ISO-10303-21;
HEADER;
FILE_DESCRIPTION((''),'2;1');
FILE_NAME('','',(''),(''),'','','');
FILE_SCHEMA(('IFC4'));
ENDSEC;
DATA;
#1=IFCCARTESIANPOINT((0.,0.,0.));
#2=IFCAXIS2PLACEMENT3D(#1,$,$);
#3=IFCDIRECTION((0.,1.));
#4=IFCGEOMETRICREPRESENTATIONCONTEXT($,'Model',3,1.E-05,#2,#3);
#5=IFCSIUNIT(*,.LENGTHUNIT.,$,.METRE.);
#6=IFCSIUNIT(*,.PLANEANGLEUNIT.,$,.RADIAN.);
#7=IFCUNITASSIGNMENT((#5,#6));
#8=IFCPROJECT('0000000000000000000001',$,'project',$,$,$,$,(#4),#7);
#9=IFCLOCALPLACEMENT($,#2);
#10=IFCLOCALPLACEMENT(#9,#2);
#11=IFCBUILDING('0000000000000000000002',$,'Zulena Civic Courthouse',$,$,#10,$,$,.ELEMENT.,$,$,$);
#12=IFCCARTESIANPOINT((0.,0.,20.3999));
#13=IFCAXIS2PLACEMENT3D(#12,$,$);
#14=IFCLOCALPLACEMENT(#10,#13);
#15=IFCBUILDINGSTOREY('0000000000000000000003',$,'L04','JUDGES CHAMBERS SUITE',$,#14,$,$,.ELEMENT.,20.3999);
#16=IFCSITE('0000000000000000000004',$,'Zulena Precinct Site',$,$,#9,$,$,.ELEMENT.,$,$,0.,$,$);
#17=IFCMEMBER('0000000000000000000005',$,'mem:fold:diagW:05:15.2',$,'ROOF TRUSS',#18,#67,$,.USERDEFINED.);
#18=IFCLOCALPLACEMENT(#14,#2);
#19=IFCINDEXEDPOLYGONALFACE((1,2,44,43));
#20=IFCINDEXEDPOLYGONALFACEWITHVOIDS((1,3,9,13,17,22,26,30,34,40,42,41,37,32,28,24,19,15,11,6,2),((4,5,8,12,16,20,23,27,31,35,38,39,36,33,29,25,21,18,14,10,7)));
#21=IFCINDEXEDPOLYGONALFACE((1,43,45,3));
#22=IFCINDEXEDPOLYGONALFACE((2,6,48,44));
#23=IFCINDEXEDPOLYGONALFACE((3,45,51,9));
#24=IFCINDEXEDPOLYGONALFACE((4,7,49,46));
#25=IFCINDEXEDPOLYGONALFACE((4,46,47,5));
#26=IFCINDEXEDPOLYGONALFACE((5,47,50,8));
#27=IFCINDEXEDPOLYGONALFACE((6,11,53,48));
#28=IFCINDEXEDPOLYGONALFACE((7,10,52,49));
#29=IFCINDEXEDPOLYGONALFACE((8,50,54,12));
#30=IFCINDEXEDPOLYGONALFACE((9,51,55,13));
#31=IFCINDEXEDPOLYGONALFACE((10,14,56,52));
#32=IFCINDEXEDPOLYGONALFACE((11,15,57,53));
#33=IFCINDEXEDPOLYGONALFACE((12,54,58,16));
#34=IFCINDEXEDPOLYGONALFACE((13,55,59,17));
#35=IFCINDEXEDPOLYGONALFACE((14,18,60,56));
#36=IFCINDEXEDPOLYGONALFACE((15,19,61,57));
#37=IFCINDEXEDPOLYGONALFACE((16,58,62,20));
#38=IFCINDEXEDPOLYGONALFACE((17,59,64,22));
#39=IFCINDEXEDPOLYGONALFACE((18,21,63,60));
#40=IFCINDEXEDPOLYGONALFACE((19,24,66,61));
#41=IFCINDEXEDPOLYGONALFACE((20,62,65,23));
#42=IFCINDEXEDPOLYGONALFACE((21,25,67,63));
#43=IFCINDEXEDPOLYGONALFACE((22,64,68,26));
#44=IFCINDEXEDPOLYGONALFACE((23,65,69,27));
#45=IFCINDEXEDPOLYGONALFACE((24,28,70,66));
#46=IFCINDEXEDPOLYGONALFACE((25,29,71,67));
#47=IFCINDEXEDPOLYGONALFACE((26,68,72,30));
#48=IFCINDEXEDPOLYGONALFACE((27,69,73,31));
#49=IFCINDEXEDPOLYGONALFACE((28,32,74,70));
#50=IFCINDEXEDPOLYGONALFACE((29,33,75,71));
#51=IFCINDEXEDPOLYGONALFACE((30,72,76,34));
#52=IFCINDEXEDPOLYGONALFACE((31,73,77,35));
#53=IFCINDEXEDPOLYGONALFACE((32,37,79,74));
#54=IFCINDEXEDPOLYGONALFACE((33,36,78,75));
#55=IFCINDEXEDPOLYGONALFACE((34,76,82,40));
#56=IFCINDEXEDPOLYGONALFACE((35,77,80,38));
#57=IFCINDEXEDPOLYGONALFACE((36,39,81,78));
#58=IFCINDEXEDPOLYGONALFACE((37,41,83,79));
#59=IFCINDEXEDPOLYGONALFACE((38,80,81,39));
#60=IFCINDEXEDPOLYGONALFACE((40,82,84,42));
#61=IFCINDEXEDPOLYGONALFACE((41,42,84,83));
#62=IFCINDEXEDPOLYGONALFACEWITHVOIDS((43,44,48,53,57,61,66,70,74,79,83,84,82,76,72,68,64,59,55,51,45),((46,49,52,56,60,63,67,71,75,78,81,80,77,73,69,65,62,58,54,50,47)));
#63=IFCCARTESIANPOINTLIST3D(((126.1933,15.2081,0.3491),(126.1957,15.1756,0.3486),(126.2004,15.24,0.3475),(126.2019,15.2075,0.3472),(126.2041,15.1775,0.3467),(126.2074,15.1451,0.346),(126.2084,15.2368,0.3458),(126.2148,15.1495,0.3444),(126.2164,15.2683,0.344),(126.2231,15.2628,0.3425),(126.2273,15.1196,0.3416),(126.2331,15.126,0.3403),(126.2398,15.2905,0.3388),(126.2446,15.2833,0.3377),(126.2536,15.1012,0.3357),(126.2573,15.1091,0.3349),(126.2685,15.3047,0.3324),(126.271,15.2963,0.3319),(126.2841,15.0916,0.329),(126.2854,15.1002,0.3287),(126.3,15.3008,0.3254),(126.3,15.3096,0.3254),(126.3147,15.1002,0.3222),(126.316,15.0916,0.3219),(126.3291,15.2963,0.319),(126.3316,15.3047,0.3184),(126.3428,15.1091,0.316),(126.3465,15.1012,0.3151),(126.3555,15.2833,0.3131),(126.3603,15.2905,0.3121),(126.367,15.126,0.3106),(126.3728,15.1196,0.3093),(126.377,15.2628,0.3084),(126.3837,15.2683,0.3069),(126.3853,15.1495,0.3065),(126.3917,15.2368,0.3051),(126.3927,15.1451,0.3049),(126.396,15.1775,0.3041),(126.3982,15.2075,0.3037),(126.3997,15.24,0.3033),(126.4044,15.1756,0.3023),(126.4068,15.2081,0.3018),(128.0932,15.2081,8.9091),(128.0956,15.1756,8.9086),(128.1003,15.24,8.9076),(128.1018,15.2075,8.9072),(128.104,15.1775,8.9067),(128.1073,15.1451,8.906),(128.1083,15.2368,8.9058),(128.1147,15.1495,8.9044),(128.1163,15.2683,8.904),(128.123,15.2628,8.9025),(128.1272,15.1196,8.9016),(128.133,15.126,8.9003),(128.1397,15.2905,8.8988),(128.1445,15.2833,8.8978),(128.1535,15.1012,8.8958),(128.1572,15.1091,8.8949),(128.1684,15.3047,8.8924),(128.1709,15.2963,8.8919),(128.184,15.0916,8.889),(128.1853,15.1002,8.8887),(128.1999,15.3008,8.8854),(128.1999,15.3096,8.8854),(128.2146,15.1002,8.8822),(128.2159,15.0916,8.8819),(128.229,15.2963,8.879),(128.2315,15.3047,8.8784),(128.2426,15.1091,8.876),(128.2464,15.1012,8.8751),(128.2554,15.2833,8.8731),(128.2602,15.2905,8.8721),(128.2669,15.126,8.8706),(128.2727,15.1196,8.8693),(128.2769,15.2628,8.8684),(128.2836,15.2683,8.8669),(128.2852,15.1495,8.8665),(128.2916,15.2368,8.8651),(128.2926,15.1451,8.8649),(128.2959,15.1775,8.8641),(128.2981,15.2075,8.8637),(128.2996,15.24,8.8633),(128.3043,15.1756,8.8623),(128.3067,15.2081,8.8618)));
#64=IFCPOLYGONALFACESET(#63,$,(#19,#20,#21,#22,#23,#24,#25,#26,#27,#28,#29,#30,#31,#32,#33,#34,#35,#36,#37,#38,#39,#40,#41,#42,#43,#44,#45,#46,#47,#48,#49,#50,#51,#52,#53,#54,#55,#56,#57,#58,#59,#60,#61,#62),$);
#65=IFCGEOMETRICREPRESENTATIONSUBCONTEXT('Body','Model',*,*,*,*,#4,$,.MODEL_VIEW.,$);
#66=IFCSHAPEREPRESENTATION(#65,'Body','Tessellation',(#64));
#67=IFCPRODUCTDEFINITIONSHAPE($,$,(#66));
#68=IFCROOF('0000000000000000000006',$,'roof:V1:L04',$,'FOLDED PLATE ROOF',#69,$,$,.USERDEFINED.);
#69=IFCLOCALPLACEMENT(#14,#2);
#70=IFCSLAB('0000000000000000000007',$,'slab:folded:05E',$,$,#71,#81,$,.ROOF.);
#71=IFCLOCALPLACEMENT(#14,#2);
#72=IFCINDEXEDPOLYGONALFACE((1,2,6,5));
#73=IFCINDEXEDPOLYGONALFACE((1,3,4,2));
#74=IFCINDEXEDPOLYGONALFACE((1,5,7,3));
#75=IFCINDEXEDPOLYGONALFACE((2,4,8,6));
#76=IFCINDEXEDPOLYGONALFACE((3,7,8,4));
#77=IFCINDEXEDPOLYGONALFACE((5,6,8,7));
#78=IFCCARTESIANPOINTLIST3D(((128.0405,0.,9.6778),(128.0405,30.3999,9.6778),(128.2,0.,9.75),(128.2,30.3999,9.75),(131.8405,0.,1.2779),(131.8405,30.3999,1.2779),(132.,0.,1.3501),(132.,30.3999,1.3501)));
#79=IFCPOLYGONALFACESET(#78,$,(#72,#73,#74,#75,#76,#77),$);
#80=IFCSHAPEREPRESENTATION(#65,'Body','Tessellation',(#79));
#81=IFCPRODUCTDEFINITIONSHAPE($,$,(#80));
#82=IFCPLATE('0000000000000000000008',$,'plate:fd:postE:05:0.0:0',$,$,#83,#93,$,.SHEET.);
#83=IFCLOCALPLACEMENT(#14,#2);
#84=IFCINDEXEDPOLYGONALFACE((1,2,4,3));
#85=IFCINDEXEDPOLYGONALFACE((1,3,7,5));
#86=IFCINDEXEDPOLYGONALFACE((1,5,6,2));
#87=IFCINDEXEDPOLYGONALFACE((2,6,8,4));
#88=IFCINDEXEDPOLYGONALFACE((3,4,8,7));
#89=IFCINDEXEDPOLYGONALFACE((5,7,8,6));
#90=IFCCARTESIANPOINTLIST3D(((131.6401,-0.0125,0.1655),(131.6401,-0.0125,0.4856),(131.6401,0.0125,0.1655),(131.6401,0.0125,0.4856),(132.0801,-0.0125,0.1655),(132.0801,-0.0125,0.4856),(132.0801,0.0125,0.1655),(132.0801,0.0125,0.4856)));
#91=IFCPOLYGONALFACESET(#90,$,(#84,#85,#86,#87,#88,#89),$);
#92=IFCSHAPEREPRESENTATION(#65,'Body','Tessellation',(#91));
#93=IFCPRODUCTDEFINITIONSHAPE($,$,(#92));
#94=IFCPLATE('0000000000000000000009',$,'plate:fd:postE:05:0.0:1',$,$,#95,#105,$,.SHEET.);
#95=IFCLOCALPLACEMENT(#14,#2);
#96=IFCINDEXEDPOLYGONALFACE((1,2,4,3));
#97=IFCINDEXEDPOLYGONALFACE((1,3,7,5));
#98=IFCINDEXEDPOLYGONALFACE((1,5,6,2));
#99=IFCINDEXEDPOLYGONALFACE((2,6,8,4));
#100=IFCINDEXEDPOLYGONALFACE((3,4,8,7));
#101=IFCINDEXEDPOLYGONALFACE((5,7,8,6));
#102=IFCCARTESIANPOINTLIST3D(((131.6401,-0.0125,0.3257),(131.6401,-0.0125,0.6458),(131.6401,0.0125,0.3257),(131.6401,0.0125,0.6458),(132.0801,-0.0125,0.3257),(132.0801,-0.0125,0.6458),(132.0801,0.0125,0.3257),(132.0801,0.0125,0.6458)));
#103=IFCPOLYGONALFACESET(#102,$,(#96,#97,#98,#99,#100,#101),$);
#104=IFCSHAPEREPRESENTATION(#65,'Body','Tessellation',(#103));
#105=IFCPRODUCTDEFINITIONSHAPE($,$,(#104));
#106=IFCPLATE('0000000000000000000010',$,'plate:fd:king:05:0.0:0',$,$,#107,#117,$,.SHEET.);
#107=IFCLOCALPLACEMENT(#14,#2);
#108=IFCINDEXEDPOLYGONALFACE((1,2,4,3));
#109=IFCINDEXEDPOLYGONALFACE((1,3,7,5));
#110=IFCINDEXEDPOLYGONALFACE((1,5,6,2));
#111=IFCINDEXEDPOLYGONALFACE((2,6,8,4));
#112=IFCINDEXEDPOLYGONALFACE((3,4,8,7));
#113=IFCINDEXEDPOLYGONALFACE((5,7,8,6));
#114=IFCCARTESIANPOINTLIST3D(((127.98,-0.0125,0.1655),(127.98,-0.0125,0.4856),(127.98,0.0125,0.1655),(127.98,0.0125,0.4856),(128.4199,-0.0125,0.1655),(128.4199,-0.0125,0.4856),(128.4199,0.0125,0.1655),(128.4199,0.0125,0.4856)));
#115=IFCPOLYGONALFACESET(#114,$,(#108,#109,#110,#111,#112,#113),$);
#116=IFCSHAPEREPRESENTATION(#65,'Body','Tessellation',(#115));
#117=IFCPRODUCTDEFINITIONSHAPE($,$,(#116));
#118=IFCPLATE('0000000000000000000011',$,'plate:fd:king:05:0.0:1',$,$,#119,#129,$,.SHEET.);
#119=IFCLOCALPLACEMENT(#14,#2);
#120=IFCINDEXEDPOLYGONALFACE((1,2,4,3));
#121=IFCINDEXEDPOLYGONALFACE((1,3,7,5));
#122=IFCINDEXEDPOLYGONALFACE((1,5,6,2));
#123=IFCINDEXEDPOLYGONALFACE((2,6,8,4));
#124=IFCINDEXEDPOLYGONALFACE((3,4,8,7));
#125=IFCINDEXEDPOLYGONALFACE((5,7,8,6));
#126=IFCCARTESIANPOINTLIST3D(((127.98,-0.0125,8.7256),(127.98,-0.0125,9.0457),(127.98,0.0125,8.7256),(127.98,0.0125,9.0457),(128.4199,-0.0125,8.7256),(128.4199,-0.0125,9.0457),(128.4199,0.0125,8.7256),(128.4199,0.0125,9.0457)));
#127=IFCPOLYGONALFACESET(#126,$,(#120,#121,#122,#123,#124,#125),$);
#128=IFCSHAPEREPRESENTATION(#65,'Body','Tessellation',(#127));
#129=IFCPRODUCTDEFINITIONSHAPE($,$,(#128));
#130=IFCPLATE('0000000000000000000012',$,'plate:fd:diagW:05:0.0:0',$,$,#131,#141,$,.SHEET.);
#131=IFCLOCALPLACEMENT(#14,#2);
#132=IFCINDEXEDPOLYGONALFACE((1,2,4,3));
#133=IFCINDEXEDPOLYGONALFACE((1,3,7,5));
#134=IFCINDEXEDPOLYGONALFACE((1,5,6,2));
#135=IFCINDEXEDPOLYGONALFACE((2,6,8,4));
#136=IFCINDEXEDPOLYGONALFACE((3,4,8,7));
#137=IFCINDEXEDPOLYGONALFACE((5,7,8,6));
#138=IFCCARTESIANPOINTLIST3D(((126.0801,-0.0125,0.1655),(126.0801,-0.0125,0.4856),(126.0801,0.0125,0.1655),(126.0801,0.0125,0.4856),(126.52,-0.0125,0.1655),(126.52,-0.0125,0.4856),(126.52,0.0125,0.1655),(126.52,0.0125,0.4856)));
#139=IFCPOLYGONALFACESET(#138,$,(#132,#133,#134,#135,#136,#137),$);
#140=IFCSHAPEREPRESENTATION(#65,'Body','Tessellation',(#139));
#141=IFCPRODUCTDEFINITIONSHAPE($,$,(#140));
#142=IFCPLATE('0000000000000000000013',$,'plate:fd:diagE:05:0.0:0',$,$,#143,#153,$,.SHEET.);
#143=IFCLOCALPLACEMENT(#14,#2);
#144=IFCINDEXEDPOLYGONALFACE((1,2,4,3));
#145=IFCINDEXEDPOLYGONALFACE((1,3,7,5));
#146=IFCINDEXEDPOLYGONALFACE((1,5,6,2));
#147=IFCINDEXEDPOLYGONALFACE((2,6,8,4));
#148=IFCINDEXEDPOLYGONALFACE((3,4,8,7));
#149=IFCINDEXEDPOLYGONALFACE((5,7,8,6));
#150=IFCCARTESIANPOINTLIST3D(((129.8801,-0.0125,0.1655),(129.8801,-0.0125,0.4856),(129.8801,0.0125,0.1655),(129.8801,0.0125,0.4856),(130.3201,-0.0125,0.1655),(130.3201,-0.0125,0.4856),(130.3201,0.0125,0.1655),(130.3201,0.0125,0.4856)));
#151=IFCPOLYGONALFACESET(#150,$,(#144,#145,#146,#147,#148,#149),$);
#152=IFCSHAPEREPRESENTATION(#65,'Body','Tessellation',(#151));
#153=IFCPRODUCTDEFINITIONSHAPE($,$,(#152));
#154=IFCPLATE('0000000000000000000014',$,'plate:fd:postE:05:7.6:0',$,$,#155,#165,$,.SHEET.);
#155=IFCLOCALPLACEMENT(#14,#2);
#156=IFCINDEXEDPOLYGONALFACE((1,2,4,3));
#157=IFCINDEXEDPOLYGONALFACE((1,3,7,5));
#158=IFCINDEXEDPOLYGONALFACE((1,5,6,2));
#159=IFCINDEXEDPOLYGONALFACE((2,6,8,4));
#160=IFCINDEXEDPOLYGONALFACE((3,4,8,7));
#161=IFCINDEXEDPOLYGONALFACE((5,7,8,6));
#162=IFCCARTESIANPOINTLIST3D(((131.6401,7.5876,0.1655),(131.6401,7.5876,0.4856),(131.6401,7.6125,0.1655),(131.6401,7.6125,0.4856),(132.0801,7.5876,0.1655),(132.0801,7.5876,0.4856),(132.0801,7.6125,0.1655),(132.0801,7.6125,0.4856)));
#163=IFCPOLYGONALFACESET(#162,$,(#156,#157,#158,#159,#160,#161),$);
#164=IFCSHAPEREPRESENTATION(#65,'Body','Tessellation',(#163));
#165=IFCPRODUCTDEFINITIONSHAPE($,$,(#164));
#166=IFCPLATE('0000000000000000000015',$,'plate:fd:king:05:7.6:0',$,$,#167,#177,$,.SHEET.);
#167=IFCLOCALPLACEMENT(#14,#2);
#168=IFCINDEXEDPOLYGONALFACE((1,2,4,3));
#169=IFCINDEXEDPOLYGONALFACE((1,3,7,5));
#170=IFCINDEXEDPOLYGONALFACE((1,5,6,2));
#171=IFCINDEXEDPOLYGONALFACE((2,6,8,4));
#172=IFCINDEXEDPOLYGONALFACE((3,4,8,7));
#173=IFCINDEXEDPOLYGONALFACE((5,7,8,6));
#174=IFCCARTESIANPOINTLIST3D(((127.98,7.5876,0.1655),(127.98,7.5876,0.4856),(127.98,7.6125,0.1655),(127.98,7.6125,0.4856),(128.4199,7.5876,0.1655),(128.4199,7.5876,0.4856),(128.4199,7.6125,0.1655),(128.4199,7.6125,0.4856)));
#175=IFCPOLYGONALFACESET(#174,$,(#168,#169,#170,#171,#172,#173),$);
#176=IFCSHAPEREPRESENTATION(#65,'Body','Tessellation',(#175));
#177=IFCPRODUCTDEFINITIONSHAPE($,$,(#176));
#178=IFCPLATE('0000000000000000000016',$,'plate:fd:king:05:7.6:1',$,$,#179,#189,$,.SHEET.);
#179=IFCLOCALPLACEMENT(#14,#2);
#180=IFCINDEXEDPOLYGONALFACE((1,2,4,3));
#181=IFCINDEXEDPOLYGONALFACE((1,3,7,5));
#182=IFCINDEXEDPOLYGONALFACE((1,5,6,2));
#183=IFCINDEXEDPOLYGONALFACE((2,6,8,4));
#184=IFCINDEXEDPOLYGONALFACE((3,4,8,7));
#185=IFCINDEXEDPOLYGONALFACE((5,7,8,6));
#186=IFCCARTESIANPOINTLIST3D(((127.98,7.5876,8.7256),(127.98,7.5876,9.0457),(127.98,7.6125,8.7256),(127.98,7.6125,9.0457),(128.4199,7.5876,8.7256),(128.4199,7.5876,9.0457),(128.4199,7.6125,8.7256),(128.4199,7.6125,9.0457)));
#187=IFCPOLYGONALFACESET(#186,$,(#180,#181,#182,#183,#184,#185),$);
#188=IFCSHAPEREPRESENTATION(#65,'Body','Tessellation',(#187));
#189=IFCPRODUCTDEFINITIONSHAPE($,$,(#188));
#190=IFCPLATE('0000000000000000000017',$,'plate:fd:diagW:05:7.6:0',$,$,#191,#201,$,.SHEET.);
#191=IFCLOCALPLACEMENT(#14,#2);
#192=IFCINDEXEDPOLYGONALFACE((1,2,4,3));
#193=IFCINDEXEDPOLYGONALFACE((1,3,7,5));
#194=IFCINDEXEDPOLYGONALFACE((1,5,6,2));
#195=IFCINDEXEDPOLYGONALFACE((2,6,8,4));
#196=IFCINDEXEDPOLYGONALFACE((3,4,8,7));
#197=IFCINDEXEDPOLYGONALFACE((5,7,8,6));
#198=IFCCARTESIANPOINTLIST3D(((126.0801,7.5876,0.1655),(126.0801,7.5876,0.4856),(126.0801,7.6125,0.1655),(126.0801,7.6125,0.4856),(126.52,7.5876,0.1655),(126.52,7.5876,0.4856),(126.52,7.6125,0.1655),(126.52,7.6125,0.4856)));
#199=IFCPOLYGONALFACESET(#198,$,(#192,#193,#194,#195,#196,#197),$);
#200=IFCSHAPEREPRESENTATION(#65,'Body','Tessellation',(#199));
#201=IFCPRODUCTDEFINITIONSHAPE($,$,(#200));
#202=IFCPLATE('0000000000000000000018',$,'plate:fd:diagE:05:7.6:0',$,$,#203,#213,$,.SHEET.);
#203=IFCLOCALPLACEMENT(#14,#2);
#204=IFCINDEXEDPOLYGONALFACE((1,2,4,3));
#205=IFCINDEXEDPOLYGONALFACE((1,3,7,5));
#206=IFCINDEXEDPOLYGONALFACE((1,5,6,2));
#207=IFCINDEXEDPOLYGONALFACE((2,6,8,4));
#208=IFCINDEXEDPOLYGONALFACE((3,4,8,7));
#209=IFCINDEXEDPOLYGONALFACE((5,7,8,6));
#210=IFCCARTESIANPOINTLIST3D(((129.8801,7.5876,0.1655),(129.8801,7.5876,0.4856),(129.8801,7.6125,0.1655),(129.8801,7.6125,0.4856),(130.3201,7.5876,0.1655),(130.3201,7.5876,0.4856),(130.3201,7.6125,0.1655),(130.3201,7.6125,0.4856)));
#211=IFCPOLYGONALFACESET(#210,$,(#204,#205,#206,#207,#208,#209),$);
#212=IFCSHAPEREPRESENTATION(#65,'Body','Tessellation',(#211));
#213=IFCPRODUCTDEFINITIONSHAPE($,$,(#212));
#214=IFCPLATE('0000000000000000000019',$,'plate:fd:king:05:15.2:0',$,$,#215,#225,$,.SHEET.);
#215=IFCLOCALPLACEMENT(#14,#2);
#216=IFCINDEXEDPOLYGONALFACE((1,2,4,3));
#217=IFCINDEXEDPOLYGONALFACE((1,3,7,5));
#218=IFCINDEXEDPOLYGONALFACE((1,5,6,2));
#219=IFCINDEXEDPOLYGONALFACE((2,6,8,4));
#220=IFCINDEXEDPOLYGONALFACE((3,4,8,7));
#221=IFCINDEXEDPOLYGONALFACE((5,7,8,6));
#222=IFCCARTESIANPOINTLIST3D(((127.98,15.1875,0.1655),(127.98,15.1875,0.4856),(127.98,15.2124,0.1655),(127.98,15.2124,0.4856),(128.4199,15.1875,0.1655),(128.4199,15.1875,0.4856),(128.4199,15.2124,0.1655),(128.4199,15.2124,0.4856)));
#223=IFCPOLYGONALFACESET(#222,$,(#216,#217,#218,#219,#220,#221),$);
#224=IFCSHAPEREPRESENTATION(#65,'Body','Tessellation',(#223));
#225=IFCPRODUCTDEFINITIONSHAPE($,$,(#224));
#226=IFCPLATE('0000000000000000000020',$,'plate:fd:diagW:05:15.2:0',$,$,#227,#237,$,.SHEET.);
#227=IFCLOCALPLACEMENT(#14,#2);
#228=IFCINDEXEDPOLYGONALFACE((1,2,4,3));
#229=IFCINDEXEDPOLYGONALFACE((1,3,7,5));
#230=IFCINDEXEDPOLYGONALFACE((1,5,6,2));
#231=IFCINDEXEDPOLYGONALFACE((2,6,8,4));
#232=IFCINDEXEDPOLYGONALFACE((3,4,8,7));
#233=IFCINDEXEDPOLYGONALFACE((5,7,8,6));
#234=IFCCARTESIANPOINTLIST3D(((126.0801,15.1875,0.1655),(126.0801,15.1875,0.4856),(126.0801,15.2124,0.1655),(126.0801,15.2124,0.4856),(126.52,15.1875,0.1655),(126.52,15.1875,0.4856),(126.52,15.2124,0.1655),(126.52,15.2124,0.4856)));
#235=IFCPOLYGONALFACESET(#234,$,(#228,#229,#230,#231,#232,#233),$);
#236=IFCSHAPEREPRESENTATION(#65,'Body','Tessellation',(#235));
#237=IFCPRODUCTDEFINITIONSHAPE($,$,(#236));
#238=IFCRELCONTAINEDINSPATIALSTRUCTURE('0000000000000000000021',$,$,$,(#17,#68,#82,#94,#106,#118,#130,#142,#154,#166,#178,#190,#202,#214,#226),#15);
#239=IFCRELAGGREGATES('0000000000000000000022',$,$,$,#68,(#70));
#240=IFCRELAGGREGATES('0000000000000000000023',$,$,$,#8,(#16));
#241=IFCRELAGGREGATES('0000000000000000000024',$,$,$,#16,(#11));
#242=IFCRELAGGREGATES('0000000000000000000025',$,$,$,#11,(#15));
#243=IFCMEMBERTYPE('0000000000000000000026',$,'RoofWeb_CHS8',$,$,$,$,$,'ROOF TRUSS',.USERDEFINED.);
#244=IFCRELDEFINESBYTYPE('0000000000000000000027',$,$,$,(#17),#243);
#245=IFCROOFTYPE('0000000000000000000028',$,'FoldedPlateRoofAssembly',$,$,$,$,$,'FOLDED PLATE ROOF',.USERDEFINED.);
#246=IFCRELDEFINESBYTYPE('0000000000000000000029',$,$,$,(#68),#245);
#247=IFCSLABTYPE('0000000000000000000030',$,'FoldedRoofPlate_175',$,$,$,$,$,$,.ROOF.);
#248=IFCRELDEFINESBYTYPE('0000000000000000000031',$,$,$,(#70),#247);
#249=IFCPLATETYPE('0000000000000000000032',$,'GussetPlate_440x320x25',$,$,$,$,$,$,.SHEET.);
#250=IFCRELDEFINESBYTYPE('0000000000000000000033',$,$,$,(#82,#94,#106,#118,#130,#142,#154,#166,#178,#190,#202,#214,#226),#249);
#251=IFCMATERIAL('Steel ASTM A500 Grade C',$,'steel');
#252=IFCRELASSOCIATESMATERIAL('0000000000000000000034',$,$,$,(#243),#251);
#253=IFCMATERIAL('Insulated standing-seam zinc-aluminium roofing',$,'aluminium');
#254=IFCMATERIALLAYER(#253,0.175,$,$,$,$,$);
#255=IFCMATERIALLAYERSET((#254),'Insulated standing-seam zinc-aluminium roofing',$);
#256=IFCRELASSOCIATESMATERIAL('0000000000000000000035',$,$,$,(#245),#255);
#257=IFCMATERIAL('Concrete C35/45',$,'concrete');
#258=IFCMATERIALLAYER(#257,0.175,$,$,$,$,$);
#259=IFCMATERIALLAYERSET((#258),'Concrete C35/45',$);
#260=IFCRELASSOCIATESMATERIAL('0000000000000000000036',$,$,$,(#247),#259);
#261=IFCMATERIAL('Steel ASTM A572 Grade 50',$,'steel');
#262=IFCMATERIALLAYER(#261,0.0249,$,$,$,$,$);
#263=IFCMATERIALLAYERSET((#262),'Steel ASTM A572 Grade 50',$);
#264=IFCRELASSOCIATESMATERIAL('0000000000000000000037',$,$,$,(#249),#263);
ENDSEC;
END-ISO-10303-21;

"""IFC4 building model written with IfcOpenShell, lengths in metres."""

from ifc_helpers import new_model, si_unit, direction, frame, origin, origin_2d, place, context, subcontext, project, spatial, polyline, rectangle, hollow_circle, outline, extrude, material, layer, layer_set, material_profile, profile_set, type_object, element, aggregate, save


model = new_model("IFC4")

# Units and contexts
model_context = context("Model", 3, precision=1e-05, world=origin(), true_north=direction((0.0, 1.0)))
body_context = subcontext(model_context, "Body", "Model", "MODEL_VIEW")
ifc_project = project(units=[si_unit("LENGTHUNIT", "METRE"), si_unit("PLANEANGLEUNIT", "RADIAN")], contexts=[model_context])

# Site, building, storey
site_placement = place(None, origin())
site = spatial("IfcSite", under=ifc_project, at=site_placement, Name="Zulena Precinct Site", CompositionType="ELEMENT", RefElevation=0.0)
building_placement = place(site_placement, origin())
building = spatial("IfcBuilding", under=site, at=building_placement, Name="Zulena Civic Courthouse", CompositionType="ELEMENT")
storey_placement = place(building_placement, frame((0.0, 0.0, 20.3999)))
storey = spatial("IfcBuildingStorey", under=building, at=storey_placement, Name="L04", Description="JUDGES CHAMBERS SUITE", CompositionType="ELEMENT", Elevation=20.3999)

# Member
ifc_material_1 = material(Name="Steel ASTM A500 Grade C", Category="steel")
ifc_material_profile_1 = material_profile(ifc_material_1, hollow_circle(Radius=0.1096, WallThickness=0.0088, at=origin_2d()), Name="HSS8.625X0.375")
ifc_profile_set_1 = profile_set([ifc_material_profile_1], Name="Steel ASTM A500 Grade C")
member_type_1 = type_object("IfcMemberType", Name="RoofWeb_CHS8", ElementType="ROOF TRUSS", PredefinedType="USERDEFINED", material=ifc_profile_set_1)
for number, where, z_axis, x_axis, name in (
    (1, (126.3, 15.2, 0.3254), (0.216677, 0.0, 0.976243), (0.0, 1.0, 0.0), "mem:fold:diagW:05:15.2"),
):
    element("IfcMember", number, at=place(storey_placement, frame(where, z_axis=z_axis, x_axis=x_axis)), inside=storey, type_object=member_type_1, Name=name, ObjectType="ROOF TRUSS", PredefinedType="USERDEFINED", context=body_context, shape_type="SweptSolid", body=[
        extrude(hollow_circle(Radius=0.1096, WallThickness=0.0088, at=origin_2d()), origin(), (0.0, 0.0, 1.0), 8.7683),
    ])

# Roof, slab
ifc_material_2 = material(Name="Insulated standing-seam zinc-aluminium roofing", Category="aluminium")
ifc_layer_1 = layer(ifc_material_2, 0.175)
ifc_layer_set_1 = layer_set([ifc_layer_1], Name="Insulated standing-seam zinc-aluminium roofing")
roof_type = type_object("IfcRoofType", Name="FoldedPlateRoofAssembly", ElementType="FOLDED PLATE ROOF", PredefinedType="USERDEFINED", material=ifc_layer_set_1)
roof_placement = place(storey_placement, origin())
roof = element("IfcRoof", 2, at=roof_placement, inside=storey, type_object=roof_type, Name="roof:V1:L04", ObjectType="FOLDED PLATE ROOF", PredefinedType="USERDEFINED")
ifc_material_3 = material(Name="Concrete C35/45", Category="concrete")
ifc_layer_2 = layer(ifc_material_3, 0.175)
ifc_layer_set_2 = layer_set([ifc_layer_2], Name="Concrete C35/45")
slab_type = type_object("IfcSlabType", Name="FoldedRoofPlate_175", PredefinedType="ROOF", material=ifc_layer_set_2)
slab_placement = place(storey_placement, frame((128.2, 0.0, 9.75), z_axis=(0.911104, 0.0, 0.412176), x_axis=(0.412176, 0.0, -0.911104)))
slab = element("IfcSlab", 3, at=slab_placement, type_object=slab_type, Name="slab:folded:05E", PredefinedType="ROOF", context=body_context, shape_type="SweptSolid", body=[
    extrude(outline(polyline([(0.0, 0.0), (9.2195, 0.0), (9.2195, 30.3999), (0.0, 30.3999), (0.0, 0.0)])), origin(), (0.0, 0.0, -1.0), 0.175),
])
aggregate(roof, [slab])

# Plates
ifc_material_4 = material(Name="Steel ASTM A572 Grade 50", Category="steel")
ifc_layer_3 = layer(ifc_material_4, 0.0249)
ifc_layer_set_3 = layer_set([ifc_layer_3], Name="Steel ASTM A572 Grade 50")
plate_type = type_object("IfcPlateType", Name="GussetPlate_440x320x25", PredefinedType="SHEET", material=ifc_layer_set_3)
for number, where, z_axis, x_axis, name in (
    (4, (131.8601, 0.0, 0.1655), (0.0, 0.0, 1.0), (1.0, 0.0, 0.0), "plate:fd:postE:05:0.0:0"),
    (5, (131.8601, 0.0, 0.3257), (0.0, 0.0, 1.0), (1.0, 0.0, 0.0), "plate:fd:postE:05:0.0:1"),
    (6, (128.2, 0.0, 0.1655), (0.0, 0.0, 1.0), (1.0, 0.0, 0.0), "plate:fd:king:05:0.0:0"),
    (7, (128.2, 0.0, 8.7256), (0.0, 0.0, 1.0), (1.0, 0.0, 0.0), "plate:fd:king:05:0.0:1"),
    (8, (126.3, 0.0, 0.1655), (0.0, 0.0, 1.0), (1.0, 0.0, 0.0), "plate:fd:diagW:05:0.0:0"),
    (9, (130.1001, 0.0, 0.1655), (0.0, 0.0, 1.0), (1.0, 0.0, 0.0), "plate:fd:diagE:05:0.0:0"),
    (10, (131.8601, 7.6001, 0.1655), (0.0, 0.0, 1.0), (1.0, 0.0, 0.0), "plate:fd:postE:05:7.6:0"),
    (11, (128.2, 7.6001, 0.1655), (0.0, 0.0, 1.0), (1.0, 0.0, 0.0), "plate:fd:king:05:7.6:0"),
    (12, (128.2, 7.6001, 8.7256), (0.0, 0.0, 1.0), (1.0, 0.0, 0.0), "plate:fd:king:05:7.6:1"),
    (13, (126.3, 7.6001, 0.1655), (0.0, 0.0, 1.0), (1.0, 0.0, 0.0), "plate:fd:diagW:05:7.6:0"),
    (14, (130.1001, 7.6001, 0.1655), (0.0, 0.0, 1.0), (1.0, 0.0, 0.0), "plate:fd:diagE:05:7.6:0"),
    (15, (128.2, 15.2, 0.1655), (0.0, 0.0, 1.0), (1.0, 0.0, 0.0), "plate:fd:king:05:15.2:0"),
    (16, (126.3, 15.2, 0.1655), (0.0, 0.0, 1.0), (1.0, 0.0, 0.0), "plate:fd:diagW:05:15.2:0"),
):
    element("IfcPlate", number, at=place(storey_placement, frame(where, z_axis=z_axis, x_axis=x_axis)), inside=storey, type_object=plate_type, Name=name, PredefinedType="SHEET", context=body_context, shape_type="SweptSolid", body=[
        extrude(rectangle(XDim=0.4399, YDim=0.0249, at=origin_2d()), origin(), (0.0, 0.0, 1.0), 0.3201),
    ])

save(model, "model.ifc")
